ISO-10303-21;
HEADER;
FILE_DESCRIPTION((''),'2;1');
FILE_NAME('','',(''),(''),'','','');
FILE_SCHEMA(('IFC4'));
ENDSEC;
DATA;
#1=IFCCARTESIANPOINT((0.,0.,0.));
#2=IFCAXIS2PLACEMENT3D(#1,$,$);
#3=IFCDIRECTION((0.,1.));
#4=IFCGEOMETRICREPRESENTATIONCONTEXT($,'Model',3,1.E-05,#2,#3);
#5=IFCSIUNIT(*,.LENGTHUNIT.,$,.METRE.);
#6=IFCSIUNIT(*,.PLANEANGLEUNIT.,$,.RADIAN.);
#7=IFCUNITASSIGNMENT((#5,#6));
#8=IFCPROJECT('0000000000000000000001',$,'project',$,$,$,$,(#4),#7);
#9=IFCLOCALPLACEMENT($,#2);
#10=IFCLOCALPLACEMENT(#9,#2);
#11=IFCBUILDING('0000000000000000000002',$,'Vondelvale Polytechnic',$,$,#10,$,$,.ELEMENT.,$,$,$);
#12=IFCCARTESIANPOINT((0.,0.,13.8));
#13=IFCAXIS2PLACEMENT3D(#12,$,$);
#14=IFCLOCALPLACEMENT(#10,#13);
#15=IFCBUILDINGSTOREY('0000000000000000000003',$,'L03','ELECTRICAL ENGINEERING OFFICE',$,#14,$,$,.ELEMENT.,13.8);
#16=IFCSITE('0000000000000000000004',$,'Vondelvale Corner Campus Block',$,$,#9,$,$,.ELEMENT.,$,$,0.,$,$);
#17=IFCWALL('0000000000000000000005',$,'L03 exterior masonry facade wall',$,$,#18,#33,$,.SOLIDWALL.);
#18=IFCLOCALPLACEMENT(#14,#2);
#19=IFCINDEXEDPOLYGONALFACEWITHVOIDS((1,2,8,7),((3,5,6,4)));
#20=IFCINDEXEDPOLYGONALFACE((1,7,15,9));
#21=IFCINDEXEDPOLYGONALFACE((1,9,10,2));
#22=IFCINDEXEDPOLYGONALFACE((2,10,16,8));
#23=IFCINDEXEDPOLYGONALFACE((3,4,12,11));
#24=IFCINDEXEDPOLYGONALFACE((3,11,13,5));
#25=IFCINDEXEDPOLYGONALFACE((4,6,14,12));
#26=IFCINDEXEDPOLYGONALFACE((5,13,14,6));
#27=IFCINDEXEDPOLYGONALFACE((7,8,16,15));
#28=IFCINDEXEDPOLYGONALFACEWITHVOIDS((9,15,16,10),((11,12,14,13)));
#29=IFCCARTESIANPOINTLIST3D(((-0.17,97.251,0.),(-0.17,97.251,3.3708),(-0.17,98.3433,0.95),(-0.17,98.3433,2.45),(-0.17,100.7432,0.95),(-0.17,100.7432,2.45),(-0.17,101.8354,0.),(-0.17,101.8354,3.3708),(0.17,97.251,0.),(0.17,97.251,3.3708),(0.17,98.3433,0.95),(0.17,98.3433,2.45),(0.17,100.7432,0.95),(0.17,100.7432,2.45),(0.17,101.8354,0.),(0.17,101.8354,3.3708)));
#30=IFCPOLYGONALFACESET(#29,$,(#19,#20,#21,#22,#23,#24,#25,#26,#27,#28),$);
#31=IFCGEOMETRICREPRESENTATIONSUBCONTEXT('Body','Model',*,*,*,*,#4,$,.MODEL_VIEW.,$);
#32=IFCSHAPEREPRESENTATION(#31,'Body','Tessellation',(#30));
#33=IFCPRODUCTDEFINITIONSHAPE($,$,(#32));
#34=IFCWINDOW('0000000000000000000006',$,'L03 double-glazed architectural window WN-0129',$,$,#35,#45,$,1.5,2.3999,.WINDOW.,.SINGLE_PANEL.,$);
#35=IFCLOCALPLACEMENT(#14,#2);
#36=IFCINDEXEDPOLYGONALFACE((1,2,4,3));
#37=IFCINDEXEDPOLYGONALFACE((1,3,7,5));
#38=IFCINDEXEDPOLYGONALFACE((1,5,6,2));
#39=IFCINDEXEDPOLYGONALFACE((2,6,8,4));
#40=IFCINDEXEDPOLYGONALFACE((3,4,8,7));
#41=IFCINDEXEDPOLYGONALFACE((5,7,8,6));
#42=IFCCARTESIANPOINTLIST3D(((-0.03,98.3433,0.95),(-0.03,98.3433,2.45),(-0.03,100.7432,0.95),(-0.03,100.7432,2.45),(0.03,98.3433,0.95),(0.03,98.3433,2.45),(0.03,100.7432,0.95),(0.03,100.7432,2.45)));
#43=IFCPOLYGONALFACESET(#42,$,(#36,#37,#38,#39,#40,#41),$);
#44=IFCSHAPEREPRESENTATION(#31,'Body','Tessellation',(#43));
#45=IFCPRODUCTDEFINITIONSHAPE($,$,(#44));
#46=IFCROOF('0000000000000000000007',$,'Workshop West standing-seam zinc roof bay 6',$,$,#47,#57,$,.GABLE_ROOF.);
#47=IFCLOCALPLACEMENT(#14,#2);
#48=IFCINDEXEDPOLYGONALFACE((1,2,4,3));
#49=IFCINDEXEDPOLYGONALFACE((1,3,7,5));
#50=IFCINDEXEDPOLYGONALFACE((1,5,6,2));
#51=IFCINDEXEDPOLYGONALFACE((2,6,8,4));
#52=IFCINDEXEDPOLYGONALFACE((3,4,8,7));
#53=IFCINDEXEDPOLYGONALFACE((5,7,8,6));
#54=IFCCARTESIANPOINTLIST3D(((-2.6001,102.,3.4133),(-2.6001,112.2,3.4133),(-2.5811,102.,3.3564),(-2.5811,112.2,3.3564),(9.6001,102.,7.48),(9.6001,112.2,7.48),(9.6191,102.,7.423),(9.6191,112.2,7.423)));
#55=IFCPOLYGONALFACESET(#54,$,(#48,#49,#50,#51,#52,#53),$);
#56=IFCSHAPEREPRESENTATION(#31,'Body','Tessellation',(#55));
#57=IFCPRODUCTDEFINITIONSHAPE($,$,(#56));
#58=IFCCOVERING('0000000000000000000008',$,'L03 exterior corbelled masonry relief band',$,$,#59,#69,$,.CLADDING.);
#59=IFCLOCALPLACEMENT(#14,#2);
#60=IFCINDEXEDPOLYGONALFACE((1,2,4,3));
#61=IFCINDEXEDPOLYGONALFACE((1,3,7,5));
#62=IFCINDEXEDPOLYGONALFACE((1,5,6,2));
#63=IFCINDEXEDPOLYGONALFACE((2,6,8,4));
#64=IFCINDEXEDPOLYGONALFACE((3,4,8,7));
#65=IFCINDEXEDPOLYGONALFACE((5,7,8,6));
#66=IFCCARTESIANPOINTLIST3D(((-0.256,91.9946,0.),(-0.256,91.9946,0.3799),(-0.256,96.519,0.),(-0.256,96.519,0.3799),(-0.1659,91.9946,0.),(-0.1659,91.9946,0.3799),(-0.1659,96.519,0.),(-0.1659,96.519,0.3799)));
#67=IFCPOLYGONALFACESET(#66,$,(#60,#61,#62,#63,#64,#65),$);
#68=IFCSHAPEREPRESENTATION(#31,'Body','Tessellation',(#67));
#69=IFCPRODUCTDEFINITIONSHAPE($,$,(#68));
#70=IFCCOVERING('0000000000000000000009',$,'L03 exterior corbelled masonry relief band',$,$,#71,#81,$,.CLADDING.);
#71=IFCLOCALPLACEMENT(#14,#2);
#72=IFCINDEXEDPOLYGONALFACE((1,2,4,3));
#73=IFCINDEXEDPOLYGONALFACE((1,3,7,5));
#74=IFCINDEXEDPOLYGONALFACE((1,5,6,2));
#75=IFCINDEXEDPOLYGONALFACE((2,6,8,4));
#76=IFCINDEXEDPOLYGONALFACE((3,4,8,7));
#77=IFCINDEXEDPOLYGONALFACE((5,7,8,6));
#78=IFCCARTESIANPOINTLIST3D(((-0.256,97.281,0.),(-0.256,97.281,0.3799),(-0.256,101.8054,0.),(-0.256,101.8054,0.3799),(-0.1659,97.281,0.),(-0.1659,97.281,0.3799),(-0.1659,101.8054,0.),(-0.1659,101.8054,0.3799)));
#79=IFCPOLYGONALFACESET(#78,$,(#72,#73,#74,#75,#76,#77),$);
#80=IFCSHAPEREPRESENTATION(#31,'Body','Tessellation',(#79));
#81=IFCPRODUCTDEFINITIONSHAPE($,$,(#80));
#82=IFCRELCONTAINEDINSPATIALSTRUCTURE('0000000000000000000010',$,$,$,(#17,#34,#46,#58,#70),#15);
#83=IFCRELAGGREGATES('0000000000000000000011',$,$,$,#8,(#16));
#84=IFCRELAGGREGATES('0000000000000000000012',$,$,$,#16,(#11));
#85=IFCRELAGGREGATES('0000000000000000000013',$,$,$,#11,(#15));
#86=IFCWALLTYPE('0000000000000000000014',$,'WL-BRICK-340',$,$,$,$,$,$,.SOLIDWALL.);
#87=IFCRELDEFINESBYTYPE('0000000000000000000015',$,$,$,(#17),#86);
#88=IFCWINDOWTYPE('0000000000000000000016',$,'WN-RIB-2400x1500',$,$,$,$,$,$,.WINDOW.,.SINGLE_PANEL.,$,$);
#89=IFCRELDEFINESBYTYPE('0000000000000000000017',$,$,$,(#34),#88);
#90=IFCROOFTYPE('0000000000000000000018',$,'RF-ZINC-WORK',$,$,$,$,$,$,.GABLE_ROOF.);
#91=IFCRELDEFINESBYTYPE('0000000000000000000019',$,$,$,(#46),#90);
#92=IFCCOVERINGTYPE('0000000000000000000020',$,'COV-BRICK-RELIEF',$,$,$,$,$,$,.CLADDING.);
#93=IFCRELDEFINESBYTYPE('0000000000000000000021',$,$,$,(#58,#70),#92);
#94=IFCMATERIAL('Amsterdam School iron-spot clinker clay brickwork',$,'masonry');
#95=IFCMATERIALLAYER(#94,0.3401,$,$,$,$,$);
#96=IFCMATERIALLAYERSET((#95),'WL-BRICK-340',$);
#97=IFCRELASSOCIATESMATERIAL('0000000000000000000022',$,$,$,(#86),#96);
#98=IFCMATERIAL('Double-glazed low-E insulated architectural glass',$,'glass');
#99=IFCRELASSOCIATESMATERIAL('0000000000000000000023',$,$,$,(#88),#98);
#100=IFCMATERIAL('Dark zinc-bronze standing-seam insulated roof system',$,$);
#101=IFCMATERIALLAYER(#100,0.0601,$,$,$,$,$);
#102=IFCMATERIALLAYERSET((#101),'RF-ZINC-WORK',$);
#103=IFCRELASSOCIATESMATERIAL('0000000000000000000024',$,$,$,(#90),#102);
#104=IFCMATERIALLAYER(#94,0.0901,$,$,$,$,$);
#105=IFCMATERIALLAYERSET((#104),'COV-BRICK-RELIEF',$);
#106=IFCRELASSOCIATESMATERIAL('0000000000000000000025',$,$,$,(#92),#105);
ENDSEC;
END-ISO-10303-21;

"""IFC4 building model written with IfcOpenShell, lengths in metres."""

from ifc_helpers import new_model, si_unit, direction, frame, frame_2d, origin, origin_2d, place, context, subcontext, project, spatial, polyline, rectangle, outline, extrude, material, layer, layer_set, type_object, element, fill, save


model = new_model("IFC4")

# Units and contexts
model_context = context("Model", 3, precision=1e-05, world=origin(), true_north=direction((0.0, 1.0)))
body_context = subcontext(model_context, "Body", "Model", "MODEL_VIEW")
ifc_project = project(units=[si_unit("LENGTHUNIT", "METRE"), si_unit("PLANEANGLEUNIT", "RADIAN")], contexts=[model_context])

# Site, building, storey
site_placement = place(None, origin())
site = spatial("IfcSite", under=ifc_project, at=site_placement, Name="Vondelvale Corner Campus Block", CompositionType="ELEMENT", RefElevation=0.0)
building_placement = place(site_placement, origin())
building = spatial("IfcBuilding", under=site, at=building_placement, Name="Vondelvale Polytechnic", CompositionType="ELEMENT")
storey_placement = place(building_placement, frame((0.0, 0.0, 13.8)))
storey = spatial("IfcBuildingStorey", under=building, at=storey_placement, Name="L03", Description="ELECTRICAL ENGINEERING OFFICE", CompositionType="ELEMENT", Elevation=13.8)

# Wall, opening, window
ifc_material_1 = material(Name="Amsterdam School iron-spot clinker clay brickwork", Category="masonry")
ifc_layer_1 = layer(ifc_material_1, 0.3401)
ifc_layer_set_1 = layer_set([ifc_layer_1], Name="WL-BRICK-340")
wall_type = type_object("IfcWallType", Name="WL-BRICK-340", PredefinedType="SOLIDWALL", material=ifc_layer_set_1)
wall_placement = place(storey_placement, frame((0.0, 97.251, 0.0), z_axis=(0.0, 0.0, 1.0), x_axis=(0.0, 1.0, 0.0)))
wall = element("IfcWall", 1, at=wall_placement, inside=storey, type_object=wall_type, Name="L03 exterior masonry facade wall", PredefinedType="SOLIDWALL", context=body_context, shape_type="SweptSolid", body=[
    extrude(rectangle(XDim=4.5845, YDim=0.3401, at=frame_2d((2.2922, 0.0))), origin(), (0.0, 0.0, 1.0), 3.3708),
])
opening_placement = place(wall_placement, frame((1.0923, 0.0, 0.95)))
opening = element("IfcOpeningElement", 2, at=opening_placement, cuts=wall, PredefinedType="OPENING", context=body_context, shape_type="SweptSolid", body=[
    extrude(rectangle(XDim=2.3999, YDim=1.5, at=frame_2d((1.2, 0.75))), frame((0.0, 0.1799, 0.0), z_axis=(0.0, -1.0, 0.0), x_axis=(1.0, 0.0, 0.0)), (0.0, 0.0, 1.0), 0.3601),
])
ifc_material_2 = material(Name="Double-glazed low-E insulated architectural glass", Category="glass")
window_type = type_object("IfcWindowType", Name="WN-RIB-2400x1500", PartitioningType="SINGLE_PANEL", PredefinedType="WINDOW", material=ifc_material_2)
window_placement = place(opening_placement, origin())
window = element("IfcWindow", 3, at=window_placement, inside=storey, type_object=window_type, Name="L03 double-glazed architectural window WN-0129", OverallHeight=1.5, OverallWidth=2.3999, PartitioningType="SINGLE_PANEL", PredefinedType="WINDOW", context=body_context, shape_type="SweptSolid", body=[
    extrude(rectangle(XDim=2.3999, YDim=1.5, at=frame_2d((1.2, 0.75))), frame((0.0, 0.03, 0.0), z_axis=(0.0, -1.0, 0.0), x_axis=(1.0, 0.0, 0.0)), (0.0, 0.0, 1.0), 0.0601),
])
fill(opening, window)

# Roof
ifc_material_3 = material(Name="Dark zinc-bronze standing-seam insulated roof system")
ifc_layer_2 = layer(ifc_material_3, 0.0601)
ifc_layer_set_2 = layer_set([ifc_layer_2], Name="RF-ZINC-WORK")
roof_type = type_object("IfcRoofType", Name="RF-ZINC-WORK", PredefinedType="GABLE_ROOF", material=ifc_layer_set_2)
roof_placement = place(storey_placement, frame((-2.6001, 102.0, 3.4133), z_axis=(-0.316222, 0.0, 0.948685), x_axis=(0.948685, 0.0, 0.316222)))
element("IfcRoof", 4, at=roof_placement, inside=storey, type_object=roof_type, Name="Workshop West standing-seam zinc roof bay 6", PredefinedType="GABLE_ROOF", context=body_context, shape_type="SweptSolid", body=[
    extrude(outline(polyline([(0.0, 0.0), (12.8601, 0.0), (12.8601, 10.2), (0.0, 10.2), (0.0, 0.0)])), origin(), (0.0, 0.0, -1.0), 0.0601),
])

# Coverings
ifc_layer_3 = layer(ifc_material_1, 0.0901)
ifc_layer_set_3 = layer_set([ifc_layer_3], Name="COV-BRICK-RELIEF")
covering_type = type_object("IfcCoveringType", Name="COV-BRICK-RELIEF", PredefinedType="CLADDING", material=ifc_layer_set_3)
for number, where, z_axis, x_axis, name in (
    (5, (-0.2109, 94.2568, 0.0), (0.0, 0.0, 1.0), (0.0, 1.0, 0.0), "L03 exterior corbelled masonry relief band"),
    (6, (-0.2109, 99.5432, 0.0), (0.0, 0.0, 1.0), (0.0, 1.0, 0.0), "L03 exterior corbelled masonry relief band"),
):
    element("IfcCovering", number, at=place(storey_placement, frame(where, z_axis=z_axis, x_axis=x_axis)), inside=storey, type_object=covering_type, Name=name, PredefinedType="CLADDING", context=body_context, shape_type="SweptSolid", body=[
        extrude(rectangle(XDim=4.5244, YDim=0.0901, at=origin_2d()), origin(), (0.0, 0.0, 1.0), 0.3799),
    ])

save(model, "model.ifc")
